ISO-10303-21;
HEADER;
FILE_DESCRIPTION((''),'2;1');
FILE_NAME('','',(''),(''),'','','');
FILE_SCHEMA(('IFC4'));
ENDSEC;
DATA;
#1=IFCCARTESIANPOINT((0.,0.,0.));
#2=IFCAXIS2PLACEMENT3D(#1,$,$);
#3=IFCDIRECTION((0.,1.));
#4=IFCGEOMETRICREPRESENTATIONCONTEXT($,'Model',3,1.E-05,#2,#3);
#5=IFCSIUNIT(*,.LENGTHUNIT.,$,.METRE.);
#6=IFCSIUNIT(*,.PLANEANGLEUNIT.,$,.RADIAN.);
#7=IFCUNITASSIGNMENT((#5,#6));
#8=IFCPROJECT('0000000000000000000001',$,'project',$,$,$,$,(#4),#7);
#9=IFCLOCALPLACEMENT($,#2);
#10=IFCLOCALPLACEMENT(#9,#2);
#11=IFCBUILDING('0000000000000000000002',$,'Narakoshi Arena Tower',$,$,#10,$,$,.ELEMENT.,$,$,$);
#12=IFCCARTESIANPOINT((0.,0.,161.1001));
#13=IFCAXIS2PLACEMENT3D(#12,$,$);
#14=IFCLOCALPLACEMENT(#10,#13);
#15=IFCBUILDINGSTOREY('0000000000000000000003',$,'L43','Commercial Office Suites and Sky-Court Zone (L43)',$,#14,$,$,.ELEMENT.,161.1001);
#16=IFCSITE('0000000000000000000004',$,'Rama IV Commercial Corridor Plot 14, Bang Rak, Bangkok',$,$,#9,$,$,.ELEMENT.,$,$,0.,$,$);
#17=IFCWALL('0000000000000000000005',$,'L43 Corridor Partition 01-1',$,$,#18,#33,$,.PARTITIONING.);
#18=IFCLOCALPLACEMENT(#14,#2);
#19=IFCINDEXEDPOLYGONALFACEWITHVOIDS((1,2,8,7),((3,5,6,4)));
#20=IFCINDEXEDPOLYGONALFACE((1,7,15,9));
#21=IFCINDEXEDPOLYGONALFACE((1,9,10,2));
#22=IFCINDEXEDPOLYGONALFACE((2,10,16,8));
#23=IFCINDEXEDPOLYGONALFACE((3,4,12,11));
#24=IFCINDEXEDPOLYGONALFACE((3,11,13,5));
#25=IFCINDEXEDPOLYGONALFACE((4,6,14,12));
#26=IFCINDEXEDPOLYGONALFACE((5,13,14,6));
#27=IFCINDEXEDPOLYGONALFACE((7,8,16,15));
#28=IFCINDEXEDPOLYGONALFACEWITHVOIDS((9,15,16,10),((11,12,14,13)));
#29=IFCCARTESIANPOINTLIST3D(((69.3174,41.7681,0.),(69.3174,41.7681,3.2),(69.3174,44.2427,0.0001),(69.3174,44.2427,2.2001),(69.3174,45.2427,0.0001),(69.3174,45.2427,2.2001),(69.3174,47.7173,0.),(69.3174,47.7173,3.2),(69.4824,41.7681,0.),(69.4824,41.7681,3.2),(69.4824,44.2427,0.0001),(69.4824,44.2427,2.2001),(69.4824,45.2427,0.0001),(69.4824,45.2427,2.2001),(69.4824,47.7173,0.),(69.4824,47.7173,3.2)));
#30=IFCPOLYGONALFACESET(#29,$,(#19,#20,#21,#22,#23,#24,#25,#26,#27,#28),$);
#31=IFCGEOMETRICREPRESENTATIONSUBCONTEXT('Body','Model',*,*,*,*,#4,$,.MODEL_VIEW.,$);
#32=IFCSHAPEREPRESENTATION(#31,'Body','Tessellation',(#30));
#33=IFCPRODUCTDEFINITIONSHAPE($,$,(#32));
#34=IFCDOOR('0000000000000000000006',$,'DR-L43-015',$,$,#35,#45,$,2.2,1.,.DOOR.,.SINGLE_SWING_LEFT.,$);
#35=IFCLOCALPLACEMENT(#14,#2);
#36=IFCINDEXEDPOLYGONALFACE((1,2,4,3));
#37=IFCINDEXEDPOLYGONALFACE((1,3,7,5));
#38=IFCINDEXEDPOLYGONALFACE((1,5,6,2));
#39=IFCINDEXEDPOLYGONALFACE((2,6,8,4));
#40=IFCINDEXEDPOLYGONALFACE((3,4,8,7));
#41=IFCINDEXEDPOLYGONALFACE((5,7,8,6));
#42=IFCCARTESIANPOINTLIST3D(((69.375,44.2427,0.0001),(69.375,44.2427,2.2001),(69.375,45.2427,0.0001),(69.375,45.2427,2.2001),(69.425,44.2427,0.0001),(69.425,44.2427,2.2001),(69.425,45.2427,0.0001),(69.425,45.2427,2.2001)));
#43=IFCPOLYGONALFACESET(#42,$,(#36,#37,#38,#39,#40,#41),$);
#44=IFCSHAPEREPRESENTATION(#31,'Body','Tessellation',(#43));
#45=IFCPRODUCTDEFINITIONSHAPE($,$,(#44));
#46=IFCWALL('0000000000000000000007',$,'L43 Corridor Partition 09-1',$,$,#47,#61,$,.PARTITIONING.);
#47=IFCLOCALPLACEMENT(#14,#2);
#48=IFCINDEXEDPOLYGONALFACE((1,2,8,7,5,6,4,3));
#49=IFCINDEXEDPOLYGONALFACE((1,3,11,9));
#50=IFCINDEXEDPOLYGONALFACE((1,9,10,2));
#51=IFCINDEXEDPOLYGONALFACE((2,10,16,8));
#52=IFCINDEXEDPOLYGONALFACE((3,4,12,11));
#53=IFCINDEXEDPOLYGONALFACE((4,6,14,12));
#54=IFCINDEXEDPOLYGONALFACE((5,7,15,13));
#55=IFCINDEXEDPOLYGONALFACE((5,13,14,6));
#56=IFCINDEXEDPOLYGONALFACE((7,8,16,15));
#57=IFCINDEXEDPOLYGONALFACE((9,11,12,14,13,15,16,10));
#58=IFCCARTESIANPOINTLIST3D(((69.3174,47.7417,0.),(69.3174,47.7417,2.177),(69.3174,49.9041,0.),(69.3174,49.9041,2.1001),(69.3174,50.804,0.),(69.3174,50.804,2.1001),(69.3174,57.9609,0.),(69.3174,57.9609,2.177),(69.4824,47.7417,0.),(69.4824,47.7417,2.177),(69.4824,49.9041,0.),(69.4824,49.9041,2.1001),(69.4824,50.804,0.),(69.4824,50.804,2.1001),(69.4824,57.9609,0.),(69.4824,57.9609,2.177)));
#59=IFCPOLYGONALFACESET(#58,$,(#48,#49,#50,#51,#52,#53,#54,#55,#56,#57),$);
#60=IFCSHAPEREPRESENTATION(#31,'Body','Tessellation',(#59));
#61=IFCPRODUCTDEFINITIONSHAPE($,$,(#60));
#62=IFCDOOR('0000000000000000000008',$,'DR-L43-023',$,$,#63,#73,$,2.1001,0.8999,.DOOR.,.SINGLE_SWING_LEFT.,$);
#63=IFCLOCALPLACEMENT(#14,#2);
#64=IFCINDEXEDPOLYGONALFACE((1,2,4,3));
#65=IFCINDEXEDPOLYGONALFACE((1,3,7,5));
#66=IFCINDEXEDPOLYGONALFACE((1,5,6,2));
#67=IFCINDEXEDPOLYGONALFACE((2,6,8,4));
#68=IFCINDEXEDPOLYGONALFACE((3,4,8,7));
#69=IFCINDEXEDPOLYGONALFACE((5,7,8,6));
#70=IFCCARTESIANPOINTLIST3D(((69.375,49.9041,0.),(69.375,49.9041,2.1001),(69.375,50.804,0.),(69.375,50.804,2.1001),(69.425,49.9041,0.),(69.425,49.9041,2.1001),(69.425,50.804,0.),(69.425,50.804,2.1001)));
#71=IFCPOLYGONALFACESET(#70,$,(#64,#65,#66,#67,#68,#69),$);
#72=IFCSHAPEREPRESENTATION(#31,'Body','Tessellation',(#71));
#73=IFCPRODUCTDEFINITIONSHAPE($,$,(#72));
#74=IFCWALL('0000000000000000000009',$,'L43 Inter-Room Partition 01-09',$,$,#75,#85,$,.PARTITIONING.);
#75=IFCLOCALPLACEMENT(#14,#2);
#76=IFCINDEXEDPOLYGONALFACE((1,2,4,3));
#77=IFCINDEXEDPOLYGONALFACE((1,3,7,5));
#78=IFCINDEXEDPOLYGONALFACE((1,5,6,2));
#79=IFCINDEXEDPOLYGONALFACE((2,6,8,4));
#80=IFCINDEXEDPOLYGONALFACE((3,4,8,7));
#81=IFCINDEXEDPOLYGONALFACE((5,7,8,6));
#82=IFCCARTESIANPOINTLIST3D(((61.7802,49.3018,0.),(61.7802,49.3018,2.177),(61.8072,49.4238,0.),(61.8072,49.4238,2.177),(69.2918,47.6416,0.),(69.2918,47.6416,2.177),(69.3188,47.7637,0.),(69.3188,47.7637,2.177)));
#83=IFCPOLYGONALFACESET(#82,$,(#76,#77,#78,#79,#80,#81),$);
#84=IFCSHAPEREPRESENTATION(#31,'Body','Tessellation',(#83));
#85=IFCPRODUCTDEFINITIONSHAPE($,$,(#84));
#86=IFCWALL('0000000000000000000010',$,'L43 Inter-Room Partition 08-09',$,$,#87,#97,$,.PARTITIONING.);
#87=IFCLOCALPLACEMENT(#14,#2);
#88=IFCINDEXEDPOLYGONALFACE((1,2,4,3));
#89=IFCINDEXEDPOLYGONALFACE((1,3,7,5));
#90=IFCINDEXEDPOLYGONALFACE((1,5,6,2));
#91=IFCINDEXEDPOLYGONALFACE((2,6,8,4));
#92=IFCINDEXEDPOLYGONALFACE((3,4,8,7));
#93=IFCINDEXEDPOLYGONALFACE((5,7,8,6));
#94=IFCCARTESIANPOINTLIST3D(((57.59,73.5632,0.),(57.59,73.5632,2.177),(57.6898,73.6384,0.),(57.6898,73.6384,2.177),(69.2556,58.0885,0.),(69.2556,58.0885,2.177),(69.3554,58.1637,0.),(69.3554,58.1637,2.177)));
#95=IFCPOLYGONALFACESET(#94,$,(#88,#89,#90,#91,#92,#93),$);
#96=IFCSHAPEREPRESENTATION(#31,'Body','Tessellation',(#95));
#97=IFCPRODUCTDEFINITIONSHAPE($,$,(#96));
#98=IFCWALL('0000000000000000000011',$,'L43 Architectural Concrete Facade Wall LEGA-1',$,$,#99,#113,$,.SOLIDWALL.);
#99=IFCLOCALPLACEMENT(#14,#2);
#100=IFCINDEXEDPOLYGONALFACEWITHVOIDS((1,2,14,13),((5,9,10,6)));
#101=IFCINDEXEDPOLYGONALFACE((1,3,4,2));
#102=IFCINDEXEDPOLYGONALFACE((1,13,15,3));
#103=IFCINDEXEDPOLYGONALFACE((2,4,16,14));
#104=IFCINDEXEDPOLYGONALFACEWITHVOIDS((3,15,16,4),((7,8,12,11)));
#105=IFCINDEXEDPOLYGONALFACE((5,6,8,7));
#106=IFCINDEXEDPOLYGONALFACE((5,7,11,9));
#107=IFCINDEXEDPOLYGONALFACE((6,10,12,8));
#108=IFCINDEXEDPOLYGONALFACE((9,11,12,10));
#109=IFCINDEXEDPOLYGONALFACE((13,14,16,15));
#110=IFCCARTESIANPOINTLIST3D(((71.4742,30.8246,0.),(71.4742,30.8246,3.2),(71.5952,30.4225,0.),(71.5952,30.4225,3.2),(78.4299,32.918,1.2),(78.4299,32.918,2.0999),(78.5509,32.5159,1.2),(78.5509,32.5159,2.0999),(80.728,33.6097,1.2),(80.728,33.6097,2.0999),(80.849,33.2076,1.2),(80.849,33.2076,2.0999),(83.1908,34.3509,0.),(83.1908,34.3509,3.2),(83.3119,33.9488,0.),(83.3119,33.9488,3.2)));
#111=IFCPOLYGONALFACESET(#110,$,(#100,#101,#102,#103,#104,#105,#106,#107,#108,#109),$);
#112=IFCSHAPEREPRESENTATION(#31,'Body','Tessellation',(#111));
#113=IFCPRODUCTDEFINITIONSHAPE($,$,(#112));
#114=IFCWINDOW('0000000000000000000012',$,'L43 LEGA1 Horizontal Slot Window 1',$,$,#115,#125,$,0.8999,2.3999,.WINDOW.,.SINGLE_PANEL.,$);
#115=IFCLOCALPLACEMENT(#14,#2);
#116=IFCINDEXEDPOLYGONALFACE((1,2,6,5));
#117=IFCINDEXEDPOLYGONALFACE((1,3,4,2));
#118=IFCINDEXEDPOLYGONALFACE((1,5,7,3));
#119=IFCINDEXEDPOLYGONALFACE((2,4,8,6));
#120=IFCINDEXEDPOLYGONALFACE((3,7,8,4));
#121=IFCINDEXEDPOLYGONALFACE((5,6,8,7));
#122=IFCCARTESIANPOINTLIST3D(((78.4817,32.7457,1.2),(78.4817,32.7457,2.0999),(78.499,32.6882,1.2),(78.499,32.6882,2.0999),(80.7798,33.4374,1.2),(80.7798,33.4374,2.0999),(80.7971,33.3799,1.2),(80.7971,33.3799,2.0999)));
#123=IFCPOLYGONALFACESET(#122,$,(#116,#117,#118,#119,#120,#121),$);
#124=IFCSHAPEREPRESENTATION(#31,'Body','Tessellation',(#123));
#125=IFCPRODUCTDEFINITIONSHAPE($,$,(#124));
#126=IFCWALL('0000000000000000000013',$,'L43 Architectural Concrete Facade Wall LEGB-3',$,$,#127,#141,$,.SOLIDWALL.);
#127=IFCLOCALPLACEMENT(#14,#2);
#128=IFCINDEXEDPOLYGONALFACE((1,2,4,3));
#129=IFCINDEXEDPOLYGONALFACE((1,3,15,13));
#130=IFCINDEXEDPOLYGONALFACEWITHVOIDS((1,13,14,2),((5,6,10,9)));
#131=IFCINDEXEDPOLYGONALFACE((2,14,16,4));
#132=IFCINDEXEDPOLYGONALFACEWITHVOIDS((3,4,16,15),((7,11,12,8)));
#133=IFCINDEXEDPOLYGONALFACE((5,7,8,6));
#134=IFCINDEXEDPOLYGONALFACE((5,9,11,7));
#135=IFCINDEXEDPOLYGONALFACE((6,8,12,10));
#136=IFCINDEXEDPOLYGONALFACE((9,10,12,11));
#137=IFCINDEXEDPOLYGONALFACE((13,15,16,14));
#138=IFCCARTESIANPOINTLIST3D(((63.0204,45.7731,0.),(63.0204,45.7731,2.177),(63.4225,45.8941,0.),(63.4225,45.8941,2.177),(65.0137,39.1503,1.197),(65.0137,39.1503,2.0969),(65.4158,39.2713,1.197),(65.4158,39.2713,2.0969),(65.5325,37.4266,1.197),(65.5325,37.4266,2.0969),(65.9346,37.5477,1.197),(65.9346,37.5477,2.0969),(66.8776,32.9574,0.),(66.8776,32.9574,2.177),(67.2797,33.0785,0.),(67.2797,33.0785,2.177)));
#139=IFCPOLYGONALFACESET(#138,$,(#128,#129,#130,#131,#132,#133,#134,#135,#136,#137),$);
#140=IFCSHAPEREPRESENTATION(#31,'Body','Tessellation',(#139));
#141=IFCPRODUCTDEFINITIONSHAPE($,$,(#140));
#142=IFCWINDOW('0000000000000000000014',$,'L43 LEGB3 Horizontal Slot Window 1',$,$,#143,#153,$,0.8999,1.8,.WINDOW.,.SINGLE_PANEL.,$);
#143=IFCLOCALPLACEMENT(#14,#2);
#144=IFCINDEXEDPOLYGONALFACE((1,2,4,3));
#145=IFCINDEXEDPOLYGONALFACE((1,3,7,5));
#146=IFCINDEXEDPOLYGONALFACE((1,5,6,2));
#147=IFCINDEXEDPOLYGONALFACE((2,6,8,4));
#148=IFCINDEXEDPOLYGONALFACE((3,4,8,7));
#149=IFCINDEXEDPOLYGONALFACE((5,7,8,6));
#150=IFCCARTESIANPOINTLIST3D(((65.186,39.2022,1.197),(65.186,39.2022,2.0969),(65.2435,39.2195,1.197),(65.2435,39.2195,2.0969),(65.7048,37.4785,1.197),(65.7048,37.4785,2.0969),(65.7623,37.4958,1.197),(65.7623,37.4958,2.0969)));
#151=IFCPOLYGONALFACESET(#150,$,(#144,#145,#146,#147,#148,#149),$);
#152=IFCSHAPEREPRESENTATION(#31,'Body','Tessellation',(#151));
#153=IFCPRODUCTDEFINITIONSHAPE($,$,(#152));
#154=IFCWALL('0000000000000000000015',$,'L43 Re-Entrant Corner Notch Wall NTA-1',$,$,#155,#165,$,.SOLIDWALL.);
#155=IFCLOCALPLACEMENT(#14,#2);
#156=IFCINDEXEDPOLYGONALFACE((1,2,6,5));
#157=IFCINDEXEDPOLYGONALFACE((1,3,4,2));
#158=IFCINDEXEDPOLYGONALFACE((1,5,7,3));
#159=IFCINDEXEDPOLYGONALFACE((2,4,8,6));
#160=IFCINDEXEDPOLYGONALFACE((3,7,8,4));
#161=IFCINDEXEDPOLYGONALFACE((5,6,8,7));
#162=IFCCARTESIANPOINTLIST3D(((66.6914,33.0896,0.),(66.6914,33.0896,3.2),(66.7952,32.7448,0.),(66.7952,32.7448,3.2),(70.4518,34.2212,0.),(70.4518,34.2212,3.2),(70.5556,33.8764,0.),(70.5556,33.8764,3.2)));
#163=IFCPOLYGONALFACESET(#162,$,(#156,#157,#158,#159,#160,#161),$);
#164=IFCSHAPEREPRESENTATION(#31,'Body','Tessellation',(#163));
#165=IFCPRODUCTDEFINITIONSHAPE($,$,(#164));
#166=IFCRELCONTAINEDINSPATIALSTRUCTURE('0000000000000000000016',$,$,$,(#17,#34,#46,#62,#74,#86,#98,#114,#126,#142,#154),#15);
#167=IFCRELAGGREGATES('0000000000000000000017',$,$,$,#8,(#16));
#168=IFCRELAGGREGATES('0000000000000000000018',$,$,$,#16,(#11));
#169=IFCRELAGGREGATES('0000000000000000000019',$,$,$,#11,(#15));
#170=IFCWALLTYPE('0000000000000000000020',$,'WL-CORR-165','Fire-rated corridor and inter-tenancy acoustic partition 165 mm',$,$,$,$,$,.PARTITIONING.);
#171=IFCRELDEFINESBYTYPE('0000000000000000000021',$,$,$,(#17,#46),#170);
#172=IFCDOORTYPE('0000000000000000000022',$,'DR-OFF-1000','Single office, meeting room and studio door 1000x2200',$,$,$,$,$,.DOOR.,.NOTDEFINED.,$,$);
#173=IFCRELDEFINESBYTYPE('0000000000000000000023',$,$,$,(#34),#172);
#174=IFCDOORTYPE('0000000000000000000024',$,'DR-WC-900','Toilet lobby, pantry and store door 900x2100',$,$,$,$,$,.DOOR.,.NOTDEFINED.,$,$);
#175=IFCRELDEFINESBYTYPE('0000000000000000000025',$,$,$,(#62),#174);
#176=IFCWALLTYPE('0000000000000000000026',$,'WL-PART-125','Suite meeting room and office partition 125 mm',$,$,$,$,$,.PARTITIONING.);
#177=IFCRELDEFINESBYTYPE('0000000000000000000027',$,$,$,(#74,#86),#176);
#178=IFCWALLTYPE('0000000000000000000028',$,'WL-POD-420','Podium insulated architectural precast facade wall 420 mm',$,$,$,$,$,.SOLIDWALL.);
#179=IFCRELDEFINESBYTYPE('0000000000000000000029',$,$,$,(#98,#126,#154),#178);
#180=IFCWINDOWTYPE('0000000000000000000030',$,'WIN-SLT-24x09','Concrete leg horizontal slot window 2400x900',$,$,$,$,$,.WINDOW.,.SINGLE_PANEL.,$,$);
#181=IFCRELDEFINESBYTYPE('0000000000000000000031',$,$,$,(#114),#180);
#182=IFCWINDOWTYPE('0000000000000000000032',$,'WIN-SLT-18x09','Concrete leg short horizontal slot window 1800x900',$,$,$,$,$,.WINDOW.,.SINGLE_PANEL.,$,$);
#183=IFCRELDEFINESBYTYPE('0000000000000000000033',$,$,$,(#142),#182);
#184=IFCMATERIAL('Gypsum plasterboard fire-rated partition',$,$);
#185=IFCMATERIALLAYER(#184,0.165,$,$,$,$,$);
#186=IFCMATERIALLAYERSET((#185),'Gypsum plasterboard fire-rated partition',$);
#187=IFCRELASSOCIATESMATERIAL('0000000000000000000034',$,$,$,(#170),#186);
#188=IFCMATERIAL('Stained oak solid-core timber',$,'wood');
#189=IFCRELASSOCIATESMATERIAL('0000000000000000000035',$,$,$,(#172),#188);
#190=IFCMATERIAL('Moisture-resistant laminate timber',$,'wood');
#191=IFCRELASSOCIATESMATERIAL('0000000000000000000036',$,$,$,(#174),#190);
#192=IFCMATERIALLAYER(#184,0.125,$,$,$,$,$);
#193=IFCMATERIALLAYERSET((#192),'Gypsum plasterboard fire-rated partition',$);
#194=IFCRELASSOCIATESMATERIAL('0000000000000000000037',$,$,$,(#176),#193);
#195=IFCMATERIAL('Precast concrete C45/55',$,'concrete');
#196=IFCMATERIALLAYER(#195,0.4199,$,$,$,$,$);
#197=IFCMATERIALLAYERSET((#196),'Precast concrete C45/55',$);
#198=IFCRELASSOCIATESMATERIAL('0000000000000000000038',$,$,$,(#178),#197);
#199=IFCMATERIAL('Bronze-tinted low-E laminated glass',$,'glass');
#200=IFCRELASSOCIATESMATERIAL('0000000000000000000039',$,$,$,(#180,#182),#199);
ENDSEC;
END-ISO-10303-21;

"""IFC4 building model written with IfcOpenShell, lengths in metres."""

from ifc_helpers import new_model, si_unit, direction, frame, frame_2d, origin, place, context, subcontext, project, spatial, rectangle, extrude, material, layer, layer_set, type_object, element, fill, save


model = new_model("IFC4")

# Units and contexts
model_context = context("Model", 3, precision=1e-05, world=origin(), true_north=direction((0.0, 1.0)))
body_context = subcontext(model_context, "Body", "Model", "MODEL_VIEW")
ifc_project = project(units=[si_unit("LENGTHUNIT", "METRE"), si_unit("PLANEANGLEUNIT", "RADIAN")], contexts=[model_context])

# Site, building, storey
site_placement = place(None, origin())
site = spatial("IfcSite", under=ifc_project, at=site_placement, Name="Rama IV Commercial Corridor Plot 14, Bang Rak, Bangkok", CompositionType="ELEMENT", RefElevation=0.0)
building_placement = place(site_placement, origin())
building = spatial("IfcBuilding", under=site, at=building_placement, Name="Narakoshi Arena Tower", CompositionType="ELEMENT")
storey_placement = place(building_placement, frame((0.0, 0.0, 161.1001)))
storey = spatial("IfcBuildingStorey", under=building, at=storey_placement, Name="L43", Description="Commercial Office Suites and Sky-Court Zone (L43)", CompositionType="ELEMENT", Elevation=161.1001)

# Walls, openings, doors
ifc_material_1 = material(Name="Gypsum plasterboard fire-rated partition")
ifc_layer_1 = layer(ifc_material_1, 0.165)
ifc_layer_set_1 = layer_set([ifc_layer_1], Name="Gypsum plasterboard fire-rated partition")
wall_type_1 = type_object("IfcWallType", Name="WL-CORR-165", Description="Fire-rated corridor and inter-tenancy acoustic partition 165 mm", PredefinedType="PARTITIONING", material=ifc_layer_set_1)
wall_1_placement = place(storey_placement, frame((69.3999, 47.7173, 0.0), z_axis=(0.0, 0.0, 1.0), x_axis=(0.0, -1.0, 0.0)))
wall_1 = element("IfcWall", 1, at=wall_1_placement, inside=storey, type_object=wall_type_1, Name="L43 Corridor Partition 01-1", PredefinedType="PARTITIONING", context=body_context, shape_type="SweptSolid", body=[
    extrude(rectangle(XDim=5.9492, YDim=0.165, at=frame_2d((2.9746, 0.0))), origin(), (0.0, 0.0, 1.0), 3.2),
])
opening_1_placement = place(wall_1_placement, frame((2.4746, 0.0, 0.0)))
opening_1 = element("IfcOpeningElement", 2, at=opening_1_placement, cuts=wall_1, PredefinedType="OPENING", context=body_context, shape_type="SweptSolid", body=[
    extrude(rectangle(XDim=1.0, YDim=2.2, at=frame_2d((0.5, 1.1001))), frame((0.0, 0.0925, 0.0), z_axis=(0.0, -1.0, 0.0), x_axis=(1.0, 0.0, 0.0)), (0.0, 0.0, 1.0), 0.1851),
])
ifc_material_2 = material(Name="Stained oak solid-core timber", Category="wood")
door_type_1 = type_object("IfcDoorType", Name="DR-OFF-1000", Description="Single office, meeting room and studio door 1000x2200", OperationType="NOTDEFINED", PredefinedType="DOOR", material=ifc_material_2)
door_1_placement = place(opening_1_placement, frame((1.0, 0.0, 0.0), z_axis=(0.0, 0.0, 1.0), x_axis=(-1.0, 0.0, 0.0)))
door_1 = element("IfcDoor", 3, at=door_1_placement, inside=storey, type_object=door_type_1, Name="DR-L43-015", OperationType="SINGLE_SWING_LEFT", OverallHeight=2.2, OverallWidth=1.0, PredefinedType="DOOR", context=body_context, shape_type="SweptSolid", body=[
    extrude(rectangle(XDim=1.0, YDim=2.2, at=frame_2d((0.5, 1.1001))), frame((0.0, 0.0249, 0.0), z_axis=(0.0, -1.0, 0.0), x_axis=(1.0, 0.0, 0.0)), (0.0, 0.0, 1.0), 0.05),
])
fill(opening_1, door_1)
wall_2_placement = place(storey_placement, frame((69.3999, 57.9609, 0.0), z_axis=(0.0, 0.0, 1.0), x_axis=(0.0, -1.0, 0.0)))
wall_2 = element("IfcWall", 4, at=wall_2_placement, inside=storey, type_object=wall_type_1, Name="L43 Corridor Partition 09-1", PredefinedType="PARTITIONING", context=body_context, shape_type="SweptSolid", body=[
    extrude(rectangle(XDim=10.2192, YDim=0.165, at=frame_2d((5.1096, 0.0))), origin(), (0.0, 0.0, 1.0), 2.177),
])
opening_2_placement = place(wall_2_placement, frame((7.157, 0.0, 0.0)))
opening_2 = element("IfcOpeningElement", 5, at=opening_2_placement, cuts=wall_2, PredefinedType="OPENING", context=body_context, shape_type="SweptSolid", body=[
    extrude(rectangle(XDim=0.8999, YDim=2.1001, at=frame_2d((0.45, 1.05))), frame((0.0, 0.0925, 0.0), z_axis=(0.0, -1.0, 0.0), x_axis=(1.0, 0.0, 0.0)), (0.0, 0.0, 1.0), 0.1851),
])
ifc_material_3 = material(Name="Moisture-resistant laminate timber", Category="wood")
door_type_2 = type_object("IfcDoorType", Name="DR-WC-900", Description="Toilet lobby, pantry and store door 900x2100", OperationType="NOTDEFINED", PredefinedType="DOOR", material=ifc_material_3)
door_2_placement = place(opening_2_placement, frame((0.8999, 0.0, 0.0), z_axis=(0.0, 0.0, 1.0), x_axis=(-1.0, 0.0, 0.0)))
door_2 = element("IfcDoor", 6, at=door_2_placement, inside=storey, type_object=door_type_2, Name="DR-L43-023", OperationType="SINGLE_SWING_LEFT", OverallHeight=2.1001, OverallWidth=0.8999, PredefinedType="DOOR", context=body_context, shape_type="SweptSolid", body=[
    extrude(rectangle(XDim=0.8999, YDim=2.1001, at=frame_2d((0.45, 1.05))), frame((0.0, 0.0249, 0.0), z_axis=(0.0, -1.0, 0.0), x_axis=(1.0, 0.0, 0.0)), (0.0, 0.0, 1.0), 0.05),
])
fill(opening_2, door_2)

# Walls
ifc_layer_2 = layer(ifc_material_1, 0.125)
ifc_layer_set_2 = layer_set([ifc_layer_2], Name="Gypsum plasterboard fire-rated partition")
wall_type_2 = type_object("IfcWallType", Name="WL-PART-125", Description="Suite meeting room and office partition 125 mm", PredefinedType="PARTITIONING", material=ifc_layer_set_2)
wall_3_placement = place(storey_placement, frame((61.7937, 49.3628, 0.0), z_axis=(0.0, 0.0, 1.0), x_axis=(0.976437, -0.215801, 0.0)))
element("IfcWall", 7, at=wall_3_placement, inside=storey, type_object=wall_type_2, Name="L43 Inter-Room Partition 01-09", PredefinedType="PARTITIONING", context=body_context, shape_type="SweptSolid", body=[
    extrude(rectangle(XDim=7.6929, YDim=0.125, at=frame_2d((3.8464, 0.0))), origin(), (0.0, 0.0, 1.0), 2.177),
])
wall_4_placement = place(storey_placement, frame((69.3054, 58.1262, 0.0), z_axis=(0.0, 0.0, 1.0), x_axis=(-0.601966, 0.798522, 0.0)))
element("IfcWall", 8, at=wall_4_placement, inside=storey, type_object=wall_type_2, Name="L43 Inter-Room Partition 08-09", PredefinedType="PARTITIONING", context=body_context, shape_type="SweptSolid", body=[
    extrude(rectangle(XDim=19.3792, YDim=0.125, at=frame_2d((9.6895, 0.0))), origin(), (0.0, 0.0, 1.0), 2.177),
])

# Walls, openings, windows
ifc_material_4 = material(Name="Precast concrete C45/55", Category="concrete")
ifc_layer_3 = layer(ifc_material_4, 0.4199)
ifc_layer_set_3 = layer_set([ifc_layer_3], Name="Precast concrete C45/55")
wall_type_3 = type_object("IfcWallType", Name="WL-POD-420", Description="Podium insulated architectural precast facade wall 420 mm", PredefinedType="SOLIDWALL", material=ifc_layer_set_3)
wall_5_placement = place(storey_placement, frame((71.5347, 30.6235, 0.0), z_axis=(0.0, 0.0, 1.0), x_axis=(0.957571, 0.288197, 0.0)))
wall_5 = element("IfcWall", 9, at=wall_5_placement, inside=storey, type_object=wall_type_3, Name="L43 Architectural Concrete Facade Wall LEGA-1", PredefinedType="SOLIDWALL", context=body_context, shape_type="SweptSolid", body=[
    extrude(rectangle(XDim=12.2358, YDim=0.4199, at=frame_2d((6.1179, 0.0))), origin(), (0.0, 0.0, 1.0), 3.2),
])
opening_3_placement = place(wall_5_placement, frame((7.2639, 0.0, 1.2)))
opening_3 = element("IfcOpeningElement", 10, at=opening_3_placement, cuts=wall_5, PredefinedType="OPENING", context=body_context, shape_type="SweptSolid", body=[
    extrude(rectangle(XDim=2.3999, YDim=0.8999, at=frame_2d((1.2, 0.45))), frame((0.0, 0.22, 0.0), z_axis=(0.0, -1.0, 0.0), x_axis=(1.0, 0.0, 0.0)), (0.0, 0.0, 1.0), 0.4399),
])
ifc_material_5 = material(Name="Bronze-tinted low-E laminated glass", Category="glass")
window_type_1 = type_object("IfcWindowType", Name="WIN-SLT-24x09", Description="Concrete leg horizontal slot window 2400x900", PartitioningType="SINGLE_PANEL", PredefinedType="WINDOW", material=ifc_material_5)
window_1_placement = place(opening_3_placement, origin())
window_1 = element("IfcWindow", 11, at=window_1_placement, inside=storey, type_object=window_type_1, Name="L43 LEGA1 Horizontal Slot Window 1", OverallHeight=0.8999, OverallWidth=2.3999, PartitioningType="SINGLE_PANEL", PredefinedType="WINDOW", context=body_context, shape_type="SweptSolid", body=[
    extrude(rectangle(XDim=2.3999, YDim=0.8999, at=frame_2d((1.2, 0.45))), frame((0.0, 0.03, 0.0), z_axis=(0.0, -1.0, 0.0), x_axis=(1.0, 0.0, 0.0)), (0.0, 0.0, 1.0), 0.0601),
])
fill(opening_3, window_1)
wall_6_placement = place(storey_placement, frame((63.2214, 45.8337, 0.0), z_axis=(0.0, 0.0, 1.0), x_axis=(0.288203, -0.957569, 0.0)))
wall_6 = element("IfcWall", 12, at=wall_6_placement, inside=storey, type_object=wall_type_3, Name="L43 Architectural Concrete Facade Wall LEGB-3", PredefinedType="SOLIDWALL", context=body_context, shape_type="SweptSolid", body=[
    extrude(rectangle(XDim=13.3835, YDim=0.4199, at=frame_2d((6.6919, 0.0))), origin(), (0.0, 0.0, 1.0), 2.177),
])
opening_4_placement = place(wall_6_placement, frame((6.9165, 0.0, 1.197)))
opening_4 = element("IfcOpeningElement", 13, at=opening_4_placement, cuts=wall_6, PredefinedType="OPENING", context=body_context, shape_type="SweptSolid", body=[
    extrude(rectangle(XDim=1.8, YDim=0.8999, at=frame_2d((0.8999, 0.45))), frame((0.0, 0.22, 0.0), z_axis=(0.0, -1.0, 0.0), x_axis=(1.0, 0.0, 0.0)), (0.0, 0.0, 1.0), 0.4399),
])
window_type_2 = type_object("IfcWindowType", Name="WIN-SLT-18x09", Description="Concrete leg short horizontal slot window 1800x900", PartitioningType="SINGLE_PANEL", PredefinedType="WINDOW", material=ifc_material_5)
window_2_placement = place(opening_4_placement, origin())
window_2 = element("IfcWindow", 14, at=window_2_placement, inside=storey, type_object=window_type_2, Name="L43 LEGB3 Horizontal Slot Window 1", OverallHeight=0.8999, OverallWidth=1.8, PartitioningType="SINGLE_PANEL", PredefinedType="WINDOW", context=body_context, shape_type="SweptSolid", body=[
    extrude(rectangle(XDim=1.8, YDim=0.8999, at=frame_2d((0.8999, 0.45))), frame((0.0, 0.03, 0.0), z_axis=(0.0, -1.0, 0.0), x_axis=(1.0, 0.0, 0.0)), (0.0, 0.0, 1.0), 0.0601),
])
fill(opening_4, window_2)

# Wall
wall_7_placement = place(storey_placement, frame((66.7434, 32.9172, 0.0), z_axis=(0.0, 0.0, 1.0), x_axis=(0.957585, 0.288152, 0.0)))
element("IfcWall", 15, at=wall_7_placement, inside=storey, type_object=wall_type_3, Name="L43 Re-Entrant Corner Notch Wall NTA-1", PredefinedType="SOLIDWALL", context=body_context, shape_type="SweptSolid", body=[
    extrude(rectangle(XDim=3.927, YDim=0.3601, at=frame_2d((1.9634, 0.0))), origin(), (0.0, 0.0, 1.0), 3.2),
])

save(model, "model.ifc")
